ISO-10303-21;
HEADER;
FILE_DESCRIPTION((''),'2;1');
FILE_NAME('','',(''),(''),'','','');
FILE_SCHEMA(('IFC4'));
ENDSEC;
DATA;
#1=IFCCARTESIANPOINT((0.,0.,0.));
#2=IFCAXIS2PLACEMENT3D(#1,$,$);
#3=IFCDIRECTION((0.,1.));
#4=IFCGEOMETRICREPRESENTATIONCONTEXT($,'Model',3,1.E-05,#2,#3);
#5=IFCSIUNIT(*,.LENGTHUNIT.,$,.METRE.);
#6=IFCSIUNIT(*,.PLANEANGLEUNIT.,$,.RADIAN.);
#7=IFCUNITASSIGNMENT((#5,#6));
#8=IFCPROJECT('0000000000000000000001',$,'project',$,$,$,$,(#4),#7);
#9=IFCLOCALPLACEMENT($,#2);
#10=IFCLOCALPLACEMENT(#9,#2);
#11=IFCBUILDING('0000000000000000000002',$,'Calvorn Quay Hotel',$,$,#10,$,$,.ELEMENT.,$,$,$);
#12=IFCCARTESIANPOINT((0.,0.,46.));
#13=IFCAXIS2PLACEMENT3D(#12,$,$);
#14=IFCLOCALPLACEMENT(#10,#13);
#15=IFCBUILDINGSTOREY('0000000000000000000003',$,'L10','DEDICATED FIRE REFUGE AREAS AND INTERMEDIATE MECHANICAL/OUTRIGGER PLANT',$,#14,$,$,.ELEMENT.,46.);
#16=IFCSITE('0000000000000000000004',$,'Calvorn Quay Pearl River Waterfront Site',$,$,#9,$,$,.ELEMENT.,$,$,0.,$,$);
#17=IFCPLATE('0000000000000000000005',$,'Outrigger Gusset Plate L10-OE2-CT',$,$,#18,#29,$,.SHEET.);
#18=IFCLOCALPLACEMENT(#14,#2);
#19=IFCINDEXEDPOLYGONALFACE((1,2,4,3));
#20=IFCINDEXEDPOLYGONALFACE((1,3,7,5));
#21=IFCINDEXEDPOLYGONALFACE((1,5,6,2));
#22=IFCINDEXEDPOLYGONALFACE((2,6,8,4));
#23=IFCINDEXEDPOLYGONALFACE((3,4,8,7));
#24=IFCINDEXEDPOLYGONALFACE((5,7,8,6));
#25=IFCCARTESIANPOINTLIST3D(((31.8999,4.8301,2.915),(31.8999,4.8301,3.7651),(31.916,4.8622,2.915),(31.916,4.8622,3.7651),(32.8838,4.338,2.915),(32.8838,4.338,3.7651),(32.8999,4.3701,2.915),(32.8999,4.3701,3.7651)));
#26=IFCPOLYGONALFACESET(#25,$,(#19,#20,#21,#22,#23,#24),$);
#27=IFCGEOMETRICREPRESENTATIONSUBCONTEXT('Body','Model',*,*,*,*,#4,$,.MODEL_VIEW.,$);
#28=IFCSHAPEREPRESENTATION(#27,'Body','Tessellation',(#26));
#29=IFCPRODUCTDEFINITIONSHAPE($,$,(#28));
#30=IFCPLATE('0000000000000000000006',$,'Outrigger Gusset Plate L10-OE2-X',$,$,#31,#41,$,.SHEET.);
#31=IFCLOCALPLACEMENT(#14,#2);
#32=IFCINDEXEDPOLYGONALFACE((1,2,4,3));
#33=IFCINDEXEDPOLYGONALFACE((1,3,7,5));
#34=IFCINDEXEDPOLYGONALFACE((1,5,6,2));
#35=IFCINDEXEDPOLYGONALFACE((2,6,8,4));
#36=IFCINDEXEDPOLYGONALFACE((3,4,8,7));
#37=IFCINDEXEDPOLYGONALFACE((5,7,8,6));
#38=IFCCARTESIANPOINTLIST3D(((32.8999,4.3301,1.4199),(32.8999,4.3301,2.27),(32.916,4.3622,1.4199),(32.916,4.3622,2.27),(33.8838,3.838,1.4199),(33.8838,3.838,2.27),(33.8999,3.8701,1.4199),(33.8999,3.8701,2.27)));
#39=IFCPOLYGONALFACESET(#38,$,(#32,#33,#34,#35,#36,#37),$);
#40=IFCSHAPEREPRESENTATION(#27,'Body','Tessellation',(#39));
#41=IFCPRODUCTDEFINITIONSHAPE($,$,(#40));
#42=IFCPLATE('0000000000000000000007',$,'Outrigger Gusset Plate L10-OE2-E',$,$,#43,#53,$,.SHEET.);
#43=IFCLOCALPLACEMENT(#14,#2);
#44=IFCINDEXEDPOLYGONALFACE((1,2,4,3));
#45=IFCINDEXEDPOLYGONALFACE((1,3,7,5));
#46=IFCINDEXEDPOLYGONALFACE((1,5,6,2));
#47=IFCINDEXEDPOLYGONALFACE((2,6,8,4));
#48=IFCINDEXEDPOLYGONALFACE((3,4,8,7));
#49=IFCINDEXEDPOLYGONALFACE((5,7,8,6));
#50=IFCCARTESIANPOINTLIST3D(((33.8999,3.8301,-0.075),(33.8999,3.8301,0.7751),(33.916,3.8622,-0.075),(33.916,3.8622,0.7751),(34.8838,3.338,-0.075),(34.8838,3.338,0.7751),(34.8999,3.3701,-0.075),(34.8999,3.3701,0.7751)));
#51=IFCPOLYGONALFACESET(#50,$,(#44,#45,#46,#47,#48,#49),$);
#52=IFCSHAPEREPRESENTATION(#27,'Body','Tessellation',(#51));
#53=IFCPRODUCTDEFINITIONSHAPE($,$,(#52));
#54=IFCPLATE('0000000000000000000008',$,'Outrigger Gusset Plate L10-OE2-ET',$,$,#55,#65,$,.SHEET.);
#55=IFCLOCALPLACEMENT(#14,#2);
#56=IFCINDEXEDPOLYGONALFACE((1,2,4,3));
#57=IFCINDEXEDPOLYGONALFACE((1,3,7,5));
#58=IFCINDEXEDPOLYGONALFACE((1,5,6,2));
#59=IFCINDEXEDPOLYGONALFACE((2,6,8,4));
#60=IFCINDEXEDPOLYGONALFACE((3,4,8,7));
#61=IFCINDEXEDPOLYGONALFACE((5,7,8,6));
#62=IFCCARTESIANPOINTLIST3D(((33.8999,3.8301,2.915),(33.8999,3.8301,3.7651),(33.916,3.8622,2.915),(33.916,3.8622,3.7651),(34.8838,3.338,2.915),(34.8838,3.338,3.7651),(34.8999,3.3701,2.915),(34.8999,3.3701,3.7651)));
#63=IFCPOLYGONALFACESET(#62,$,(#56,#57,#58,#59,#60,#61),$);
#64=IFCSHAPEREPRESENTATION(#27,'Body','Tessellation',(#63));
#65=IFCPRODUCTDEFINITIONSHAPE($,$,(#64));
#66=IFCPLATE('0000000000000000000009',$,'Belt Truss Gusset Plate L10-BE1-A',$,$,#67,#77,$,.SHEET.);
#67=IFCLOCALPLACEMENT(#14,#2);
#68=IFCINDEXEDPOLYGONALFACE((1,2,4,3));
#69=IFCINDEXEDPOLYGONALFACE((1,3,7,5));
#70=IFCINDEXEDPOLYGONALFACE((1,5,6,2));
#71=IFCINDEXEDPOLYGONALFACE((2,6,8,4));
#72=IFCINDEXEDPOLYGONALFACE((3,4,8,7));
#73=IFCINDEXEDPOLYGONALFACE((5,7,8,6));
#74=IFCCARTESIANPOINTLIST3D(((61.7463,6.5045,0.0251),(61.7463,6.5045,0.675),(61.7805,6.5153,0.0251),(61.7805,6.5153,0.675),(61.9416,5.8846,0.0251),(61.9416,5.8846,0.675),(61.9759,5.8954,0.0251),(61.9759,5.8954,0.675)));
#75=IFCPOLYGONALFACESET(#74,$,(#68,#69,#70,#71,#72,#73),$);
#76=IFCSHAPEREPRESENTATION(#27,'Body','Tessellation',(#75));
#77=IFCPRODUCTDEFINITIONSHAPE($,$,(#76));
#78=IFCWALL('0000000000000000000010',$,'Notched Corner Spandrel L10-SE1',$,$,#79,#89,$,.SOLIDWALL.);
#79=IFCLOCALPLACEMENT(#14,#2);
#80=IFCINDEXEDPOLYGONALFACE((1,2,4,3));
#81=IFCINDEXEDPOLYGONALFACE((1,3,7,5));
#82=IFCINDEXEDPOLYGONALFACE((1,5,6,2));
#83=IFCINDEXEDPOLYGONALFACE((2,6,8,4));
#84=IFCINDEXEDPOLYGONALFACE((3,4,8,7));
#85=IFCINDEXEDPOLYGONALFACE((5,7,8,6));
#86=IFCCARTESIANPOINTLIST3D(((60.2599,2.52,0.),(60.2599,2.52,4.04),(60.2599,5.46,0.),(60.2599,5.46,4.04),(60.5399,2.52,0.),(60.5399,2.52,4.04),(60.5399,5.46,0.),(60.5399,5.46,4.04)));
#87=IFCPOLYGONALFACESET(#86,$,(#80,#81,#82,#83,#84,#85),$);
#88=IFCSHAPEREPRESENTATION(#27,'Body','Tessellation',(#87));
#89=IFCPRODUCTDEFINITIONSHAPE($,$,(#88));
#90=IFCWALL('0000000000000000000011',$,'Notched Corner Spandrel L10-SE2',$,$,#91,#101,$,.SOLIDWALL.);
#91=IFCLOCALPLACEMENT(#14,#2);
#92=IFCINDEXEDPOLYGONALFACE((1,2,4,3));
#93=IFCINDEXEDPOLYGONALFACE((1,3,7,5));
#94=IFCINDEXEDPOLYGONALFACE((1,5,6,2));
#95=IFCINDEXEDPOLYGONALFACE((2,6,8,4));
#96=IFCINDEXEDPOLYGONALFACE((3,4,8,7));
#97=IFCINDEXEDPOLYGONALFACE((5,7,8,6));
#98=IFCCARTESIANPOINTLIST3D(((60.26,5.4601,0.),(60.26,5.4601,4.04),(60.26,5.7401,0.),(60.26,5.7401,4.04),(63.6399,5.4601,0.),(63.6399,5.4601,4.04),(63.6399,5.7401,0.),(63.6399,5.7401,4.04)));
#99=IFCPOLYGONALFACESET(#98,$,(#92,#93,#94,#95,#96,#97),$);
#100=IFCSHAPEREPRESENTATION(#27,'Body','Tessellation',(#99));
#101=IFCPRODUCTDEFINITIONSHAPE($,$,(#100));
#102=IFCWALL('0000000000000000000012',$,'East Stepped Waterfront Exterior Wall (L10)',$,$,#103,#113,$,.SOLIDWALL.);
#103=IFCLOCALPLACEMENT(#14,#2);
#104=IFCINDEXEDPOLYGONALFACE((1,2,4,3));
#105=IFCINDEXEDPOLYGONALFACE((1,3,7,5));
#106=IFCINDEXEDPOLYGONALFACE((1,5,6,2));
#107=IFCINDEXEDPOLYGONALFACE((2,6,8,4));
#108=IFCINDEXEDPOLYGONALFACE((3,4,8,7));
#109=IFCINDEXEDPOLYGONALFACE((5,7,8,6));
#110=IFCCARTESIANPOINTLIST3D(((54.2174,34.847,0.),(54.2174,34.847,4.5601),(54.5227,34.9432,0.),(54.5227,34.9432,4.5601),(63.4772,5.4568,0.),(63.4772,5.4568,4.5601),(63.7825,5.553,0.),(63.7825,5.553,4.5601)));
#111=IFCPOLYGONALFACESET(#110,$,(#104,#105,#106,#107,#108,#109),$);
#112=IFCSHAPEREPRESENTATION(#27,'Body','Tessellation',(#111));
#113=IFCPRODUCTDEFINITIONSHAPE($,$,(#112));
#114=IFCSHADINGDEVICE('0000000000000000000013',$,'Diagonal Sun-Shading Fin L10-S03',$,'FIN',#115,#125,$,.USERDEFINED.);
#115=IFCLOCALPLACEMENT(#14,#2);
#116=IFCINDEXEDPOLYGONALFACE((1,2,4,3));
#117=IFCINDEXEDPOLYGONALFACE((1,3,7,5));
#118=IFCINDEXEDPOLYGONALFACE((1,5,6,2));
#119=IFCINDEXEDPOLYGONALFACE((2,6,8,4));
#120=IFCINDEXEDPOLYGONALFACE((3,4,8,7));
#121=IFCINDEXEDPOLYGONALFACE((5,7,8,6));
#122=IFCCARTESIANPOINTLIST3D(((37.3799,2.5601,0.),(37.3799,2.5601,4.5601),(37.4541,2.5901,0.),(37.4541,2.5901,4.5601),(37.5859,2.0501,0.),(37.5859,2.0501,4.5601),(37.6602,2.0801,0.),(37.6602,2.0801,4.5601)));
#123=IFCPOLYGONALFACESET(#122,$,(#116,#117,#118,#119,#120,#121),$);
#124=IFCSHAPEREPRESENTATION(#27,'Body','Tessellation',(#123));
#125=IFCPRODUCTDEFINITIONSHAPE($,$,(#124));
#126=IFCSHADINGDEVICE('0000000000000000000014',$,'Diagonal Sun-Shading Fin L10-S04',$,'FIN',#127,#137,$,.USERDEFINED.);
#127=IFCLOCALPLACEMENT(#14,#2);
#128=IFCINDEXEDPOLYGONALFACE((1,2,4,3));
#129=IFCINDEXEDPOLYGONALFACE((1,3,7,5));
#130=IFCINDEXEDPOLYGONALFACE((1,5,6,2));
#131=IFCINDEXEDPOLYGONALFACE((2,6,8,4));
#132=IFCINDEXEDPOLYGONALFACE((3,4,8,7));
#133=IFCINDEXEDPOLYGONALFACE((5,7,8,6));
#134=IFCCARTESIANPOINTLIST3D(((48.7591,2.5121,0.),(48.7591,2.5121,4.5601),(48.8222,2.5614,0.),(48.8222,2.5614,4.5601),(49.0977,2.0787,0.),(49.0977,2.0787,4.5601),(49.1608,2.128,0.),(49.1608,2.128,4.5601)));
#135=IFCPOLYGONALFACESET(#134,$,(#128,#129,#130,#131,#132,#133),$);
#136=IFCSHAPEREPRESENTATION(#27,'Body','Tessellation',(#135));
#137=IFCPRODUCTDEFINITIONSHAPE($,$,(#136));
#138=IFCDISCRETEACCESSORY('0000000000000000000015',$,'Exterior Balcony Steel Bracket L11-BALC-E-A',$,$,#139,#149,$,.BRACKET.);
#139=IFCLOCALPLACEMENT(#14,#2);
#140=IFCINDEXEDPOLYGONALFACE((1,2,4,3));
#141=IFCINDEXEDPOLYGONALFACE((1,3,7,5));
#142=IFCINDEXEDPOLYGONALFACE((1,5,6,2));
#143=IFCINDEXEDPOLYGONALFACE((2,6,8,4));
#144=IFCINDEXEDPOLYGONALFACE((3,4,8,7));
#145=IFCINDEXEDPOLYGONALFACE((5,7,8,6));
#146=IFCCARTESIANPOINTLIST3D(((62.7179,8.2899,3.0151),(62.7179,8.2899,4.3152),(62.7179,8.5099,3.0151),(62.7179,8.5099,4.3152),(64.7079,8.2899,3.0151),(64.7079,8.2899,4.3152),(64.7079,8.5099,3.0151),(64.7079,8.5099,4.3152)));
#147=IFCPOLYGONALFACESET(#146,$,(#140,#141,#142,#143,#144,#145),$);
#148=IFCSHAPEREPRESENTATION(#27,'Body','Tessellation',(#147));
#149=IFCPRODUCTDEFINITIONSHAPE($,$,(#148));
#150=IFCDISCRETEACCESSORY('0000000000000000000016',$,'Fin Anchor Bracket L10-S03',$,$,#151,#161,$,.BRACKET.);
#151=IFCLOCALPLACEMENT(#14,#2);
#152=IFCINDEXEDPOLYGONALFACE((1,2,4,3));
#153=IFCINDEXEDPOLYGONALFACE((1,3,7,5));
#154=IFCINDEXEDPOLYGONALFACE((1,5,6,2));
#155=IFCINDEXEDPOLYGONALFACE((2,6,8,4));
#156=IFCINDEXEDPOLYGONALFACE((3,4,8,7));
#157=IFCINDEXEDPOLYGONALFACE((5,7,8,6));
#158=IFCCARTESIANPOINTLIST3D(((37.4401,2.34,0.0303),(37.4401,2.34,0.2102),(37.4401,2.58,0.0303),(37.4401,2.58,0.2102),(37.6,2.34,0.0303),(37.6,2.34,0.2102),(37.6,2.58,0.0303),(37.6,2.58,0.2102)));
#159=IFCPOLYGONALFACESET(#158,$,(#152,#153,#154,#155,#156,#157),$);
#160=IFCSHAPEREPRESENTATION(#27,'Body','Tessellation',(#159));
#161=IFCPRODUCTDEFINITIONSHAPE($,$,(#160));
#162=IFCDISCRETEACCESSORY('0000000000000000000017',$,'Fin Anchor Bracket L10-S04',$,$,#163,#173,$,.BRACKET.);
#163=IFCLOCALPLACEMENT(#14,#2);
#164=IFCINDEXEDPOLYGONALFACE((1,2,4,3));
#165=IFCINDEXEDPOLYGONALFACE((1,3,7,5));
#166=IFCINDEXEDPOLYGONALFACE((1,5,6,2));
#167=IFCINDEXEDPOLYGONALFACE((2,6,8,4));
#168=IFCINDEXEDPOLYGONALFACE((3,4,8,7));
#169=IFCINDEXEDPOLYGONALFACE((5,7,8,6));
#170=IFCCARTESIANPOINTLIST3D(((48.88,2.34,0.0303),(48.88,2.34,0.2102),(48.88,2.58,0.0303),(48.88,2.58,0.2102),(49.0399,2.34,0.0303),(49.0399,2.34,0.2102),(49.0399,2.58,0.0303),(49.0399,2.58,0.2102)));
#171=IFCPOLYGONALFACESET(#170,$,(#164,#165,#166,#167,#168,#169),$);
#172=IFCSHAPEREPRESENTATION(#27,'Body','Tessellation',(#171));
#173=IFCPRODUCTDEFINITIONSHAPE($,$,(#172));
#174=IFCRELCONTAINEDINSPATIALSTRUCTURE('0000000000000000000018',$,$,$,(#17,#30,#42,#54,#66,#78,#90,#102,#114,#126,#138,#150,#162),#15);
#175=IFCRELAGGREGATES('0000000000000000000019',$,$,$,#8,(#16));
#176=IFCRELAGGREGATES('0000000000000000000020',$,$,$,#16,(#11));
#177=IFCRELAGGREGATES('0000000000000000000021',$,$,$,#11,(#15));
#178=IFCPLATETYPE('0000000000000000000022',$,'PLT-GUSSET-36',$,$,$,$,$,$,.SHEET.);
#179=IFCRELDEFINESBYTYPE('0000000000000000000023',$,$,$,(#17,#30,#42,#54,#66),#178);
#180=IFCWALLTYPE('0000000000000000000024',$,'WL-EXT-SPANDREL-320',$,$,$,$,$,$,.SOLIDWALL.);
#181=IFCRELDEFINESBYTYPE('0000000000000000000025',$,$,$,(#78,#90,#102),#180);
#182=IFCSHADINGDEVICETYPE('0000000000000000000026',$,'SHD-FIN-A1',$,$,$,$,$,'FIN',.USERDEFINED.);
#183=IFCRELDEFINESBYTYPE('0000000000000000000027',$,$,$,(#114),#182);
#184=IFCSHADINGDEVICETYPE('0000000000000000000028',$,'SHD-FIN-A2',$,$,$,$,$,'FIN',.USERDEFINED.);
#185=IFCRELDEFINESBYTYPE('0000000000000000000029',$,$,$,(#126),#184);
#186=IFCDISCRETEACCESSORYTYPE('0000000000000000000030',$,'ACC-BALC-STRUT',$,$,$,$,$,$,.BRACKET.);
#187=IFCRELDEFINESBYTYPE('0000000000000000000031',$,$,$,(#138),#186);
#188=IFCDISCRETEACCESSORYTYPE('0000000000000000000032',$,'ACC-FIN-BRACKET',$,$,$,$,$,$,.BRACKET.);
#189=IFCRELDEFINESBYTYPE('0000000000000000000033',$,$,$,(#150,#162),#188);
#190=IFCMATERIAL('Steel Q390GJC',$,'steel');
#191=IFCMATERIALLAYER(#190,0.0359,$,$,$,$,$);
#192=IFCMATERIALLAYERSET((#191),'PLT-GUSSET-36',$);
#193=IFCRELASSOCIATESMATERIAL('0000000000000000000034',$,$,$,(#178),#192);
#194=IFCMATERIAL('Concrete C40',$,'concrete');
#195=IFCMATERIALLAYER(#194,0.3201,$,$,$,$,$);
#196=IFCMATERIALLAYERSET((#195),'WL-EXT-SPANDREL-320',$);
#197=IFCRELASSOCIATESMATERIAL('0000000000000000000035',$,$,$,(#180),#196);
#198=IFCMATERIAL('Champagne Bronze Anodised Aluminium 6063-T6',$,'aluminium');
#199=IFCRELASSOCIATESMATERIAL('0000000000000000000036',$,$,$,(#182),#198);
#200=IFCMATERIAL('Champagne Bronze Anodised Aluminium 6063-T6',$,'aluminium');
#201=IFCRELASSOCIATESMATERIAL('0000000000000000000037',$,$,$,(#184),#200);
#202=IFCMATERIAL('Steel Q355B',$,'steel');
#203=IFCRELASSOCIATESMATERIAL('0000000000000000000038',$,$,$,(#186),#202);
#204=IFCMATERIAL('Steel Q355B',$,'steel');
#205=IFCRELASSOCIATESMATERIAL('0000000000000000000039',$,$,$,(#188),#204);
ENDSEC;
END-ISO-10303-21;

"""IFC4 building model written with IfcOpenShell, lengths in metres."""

from ifc_helpers import new_model, si_unit, direction, frame, frame_2d, origin, origin_2d, place, context, subcontext, project, spatial, rectangle, extrude, material, layer, layer_set, type_object, element, save


model = new_model("IFC4")

# Units and contexts
model_context = context("Model", 3, precision=1e-05, world=origin(), true_north=direction((0.0, 1.0)))
body_context = subcontext(model_context, "Body", "Model", "MODEL_VIEW")
ifc_project = project(units=[si_unit("LENGTHUNIT", "METRE"), si_unit("PLANEANGLEUNIT", "RADIAN")], contexts=[model_context])

# Site, building, storey
site_placement = place(None, origin())
site = spatial("IfcSite", under=ifc_project, at=site_placement, Name="Calvorn Quay Pearl River Waterfront Site", CompositionType="ELEMENT", RefElevation=0.0)
building_placement = place(site_placement, origin())
building = spatial("IfcBuilding", under=site, at=building_placement, Name="Calvorn Quay Hotel", CompositionType="ELEMENT")
storey_placement = place(building_placement, frame((0.0, 0.0, 46.0)))
storey = spatial("IfcBuildingStorey", under=building, at=storey_placement, Name="L10", Description="DEDICATED FIRE REFUGE AREAS AND INTERMEDIATE MECHANICAL/OUTRIGGER PLANT", CompositionType="ELEMENT", Elevation=46.0)

# Plates
ifc_material_1 = material(Name="Steel Q390GJC", Category="steel")
ifc_layer_1 = layer(ifc_material_1, 0.0359)
ifc_layer_set_1 = layer_set([ifc_layer_1], Name="PLT-GUSSET-36")
plate_type = type_object("IfcPlateType", Name="PLT-GUSSET-36", PredefinedType="SHEET", material=ifc_layer_set_1)
for number, where, z_axis, x_axis, name in (
    (1, (32.3999, 4.6001, 2.915), (0.0, 0.0, 1.0), (0.894389, -0.447291, 0.0), "Outrigger Gusset Plate L10-OE2-CT"),
    (2, (33.3999, 4.1001, 1.4199), (0.0, 0.0, 1.0), (0.894389, -0.447291, 0.0), "Outrigger Gusset Plate L10-OE2-X"),
    (3, (34.3999, 3.6001, -0.075), (0.0, 0.0, 1.0), (0.894389, -0.447291, 0.0), "Outrigger Gusset Plate L10-OE2-E"),
    (4, (34.3999, 3.6001, 2.915), (0.0, 0.0, 1.0), (0.894389, -0.447291, 0.0), "Outrigger Gusset Plate L10-OE2-ET"),
):
    element("IfcPlate", number, at=place(storey_placement, frame(where, z_axis=z_axis, x_axis=x_axis)), inside=storey, type_object=plate_type, Name=name, PredefinedType="SHEET", context=body_context, shape_type="SweptSolid", body=[
        extrude(rectangle(XDim=1.1001, YDim=0.0359, at=origin_2d()), origin(), (0.0, 0.0, 1.0), 0.8501),
    ])
plate_placement = place(storey_placement, frame((61.8611, 6.2, 0.0251), z_axis=(0.0, 0.0, 1.0), x_axis=(-0.300539, 0.953769, 0.0)))
element("IfcPlate", 5, at=plate_placement, inside=storey, type_object=plate_type, Name="Belt Truss Gusset Plate L10-BE1-A", PredefinedType="SHEET", context=body_context, shape_type="SweptSolid", body=[
    extrude(rectangle(XDim=0.6499, YDim=0.0359, at=origin_2d()), origin(), (0.0, 0.0, 1.0), 0.6499),
])

# Walls
ifc_material_2 = material(Name="Concrete C40", Category="concrete")
ifc_layer_2 = layer(ifc_material_2, 0.3201)
ifc_layer_set_2 = layer_set([ifc_layer_2], Name="WL-EXT-SPANDREL-320")
wall_type = type_object("IfcWallType", Name="WL-EXT-SPANDREL-320", PredefinedType="SOLIDWALL", material=ifc_layer_set_2)
wall_1_placement = place(storey_placement, frame((60.3999, 2.52, 0.0), z_axis=(0.0, 0.0, 1.0), x_axis=(0.0, 1.0, 0.0)))
element("IfcWall", 6, at=wall_1_placement, inside=storey, type_object=wall_type, Name="Notched Corner Spandrel L10-SE1", PredefinedType="SOLIDWALL", context=body_context, shape_type="SweptSolid", body=[
    extrude(rectangle(XDim=2.9399, YDim=0.28, at=frame_2d((1.47, 0.0))), origin(), (0.0, 0.0, 1.0), 4.04),
])
wall_2_placement = place(storey_placement, frame((60.26, 5.6001, 0.0), z_axis=(0.0, 0.0, 1.0), x_axis=(1.0, 0.0, 0.0)))
element("IfcWall", 7, at=wall_2_placement, inside=storey, type_object=wall_type, Name="Notched Corner Spandrel L10-SE2", PredefinedType="SOLIDWALL", context=body_context, shape_type="SweptSolid", body=[
    extrude(rectangle(XDim=3.3799, YDim=0.28, at=frame_2d((1.6899, 0.0))), origin(), (0.0, 0.0, 1.0), 4.04),
])
wall_3_placement = place(storey_placement, frame((63.6299, 5.5049, 0.0), z_axis=(0.0, 0.0, 1.0), x_axis=(-0.300502, 0.953781, 0.0)))
element("IfcWall", 8, at=wall_3_placement, inside=storey, type_object=wall_type, Name="East Stepped Waterfront Exterior Wall (L10)", PredefinedType="SOLIDWALL", context=body_context, shape_type="SweptSolid", body=[
    extrude(rectangle(XDim=30.8145, YDim=0.3201, at=frame_2d((15.4072, 0.0))), origin(), (0.0, 0.0, 1.0), 4.5601),
])

# Shading devices
ifc_material_3 = material(Name="Champagne Bronze Anodised Aluminium 6063-T6", Category="aluminium")
shading_device_type_1 = type_object("IfcShadingDeviceType", Name="SHD-FIN-A1", ElementType="FIN", PredefinedType="USERDEFINED", material=ifc_material_3)
shading_device_1_placement = place(storey_placement, frame((37.52, 2.3201, 0.0), z_axis=(0.0, 0.0, 1.0), x_axis=(-0.374607, 0.927184, 0.0)))
element("IfcShadingDevice", 9, at=shading_device_1_placement, inside=storey, type_object=shading_device_type_1, Name="Diagonal Sun-Shading Fin L10-S03", ObjectType="FIN", PredefinedType="USERDEFINED", context=body_context, shape_type="SweptSolid", body=[
    extrude(rectangle(XDim=0.55, YDim=0.0801, at=origin_2d()), origin(), (0.0, 0.0, 1.0), 4.5601),
])
ifc_material_4 = material(Name="Champagne Bronze Anodised Aluminium 6063-T6", Category="aluminium")
shading_device_type_2 = type_object("IfcShadingDeviceType", Name="SHD-FIN-A2", ElementType="FIN", PredefinedType="USERDEFINED", material=ifc_material_4)
shading_device_2_placement = place(storey_placement, frame((48.96, 2.3201, 0.0), z_axis=(0.0, 0.0, 1.0), x_axis=(-0.615661, 0.788011, 0.0)))
element("IfcShadingDevice", 10, at=shading_device_2_placement, inside=storey, type_object=shading_device_type_2, Name="Diagonal Sun-Shading Fin L10-S04", ObjectType="FIN", PredefinedType="USERDEFINED", context=body_context, shape_type="SweptSolid", body=[
    extrude(rectangle(XDim=0.55, YDim=0.0801, at=origin_2d()), origin(), (0.0, 0.0, 1.0), 4.5601),
])

# Discrete accessories
ifc_material_5 = material(Name="Steel Q355B", Category="steel")
discrete_accessory_type_1 = type_object("IfcDiscreteAccessoryType", Name="ACC-BALC-STRUT", PredefinedType="BRACKET", material=ifc_material_5)
discrete_accessory_placement = place(storey_placement, frame((63.7129, 8.3999, 3.0151), z_axis=(0.0, 0.0, 1.0), x_axis=(1.0, 0.0, 0.0)))
element("IfcDiscreteAccessory", 11, at=discrete_accessory_placement, inside=storey, type_object=discrete_accessory_type_1, Name="Exterior Balcony Steel Bracket L11-BALC-E-A", PredefinedType="BRACKET", context=body_context, shape_type="SweptSolid", body=[
    extrude(rectangle(XDim=1.99, YDim=0.22, at=origin_2d()), origin(), (0.0, 0.0, 1.0), 1.3),
])
ifc_material_6 = material(Name="Steel Q355B", Category="steel")
discrete_accessory_type_2 = type_object("IfcDiscreteAccessoryType", Name="ACC-FIN-BRACKET", PredefinedType="BRACKET", material=ifc_material_6)
for number, where, z_axis, x_axis, name in (
    (12, (37.52, 2.46, 0.0303), (0.0, 0.0, 1.0), (0.0, 1.0, 0.0), "Fin Anchor Bracket L10-S03"),
    (13, (48.96, 2.46, 0.0303), (0.0, 0.0, 1.0), (0.0, 1.0, 0.0), "Fin Anchor Bracket L10-S04"),
):
    element("IfcDiscreteAccessory", number, at=place(storey_placement, frame(where, z_axis=z_axis, x_axis=x_axis)), inside=storey, type_object=discrete_accessory_type_2, Name=name, PredefinedType="BRACKET", context=body_context, shape_type="SweptSolid", body=[
        extrude(rectangle(XDim=0.24, YDim=0.1599, at=origin_2d()), origin(), (0.0, 0.0, 1.0), 0.1799),
    ])

save(model, "model.ifc")
